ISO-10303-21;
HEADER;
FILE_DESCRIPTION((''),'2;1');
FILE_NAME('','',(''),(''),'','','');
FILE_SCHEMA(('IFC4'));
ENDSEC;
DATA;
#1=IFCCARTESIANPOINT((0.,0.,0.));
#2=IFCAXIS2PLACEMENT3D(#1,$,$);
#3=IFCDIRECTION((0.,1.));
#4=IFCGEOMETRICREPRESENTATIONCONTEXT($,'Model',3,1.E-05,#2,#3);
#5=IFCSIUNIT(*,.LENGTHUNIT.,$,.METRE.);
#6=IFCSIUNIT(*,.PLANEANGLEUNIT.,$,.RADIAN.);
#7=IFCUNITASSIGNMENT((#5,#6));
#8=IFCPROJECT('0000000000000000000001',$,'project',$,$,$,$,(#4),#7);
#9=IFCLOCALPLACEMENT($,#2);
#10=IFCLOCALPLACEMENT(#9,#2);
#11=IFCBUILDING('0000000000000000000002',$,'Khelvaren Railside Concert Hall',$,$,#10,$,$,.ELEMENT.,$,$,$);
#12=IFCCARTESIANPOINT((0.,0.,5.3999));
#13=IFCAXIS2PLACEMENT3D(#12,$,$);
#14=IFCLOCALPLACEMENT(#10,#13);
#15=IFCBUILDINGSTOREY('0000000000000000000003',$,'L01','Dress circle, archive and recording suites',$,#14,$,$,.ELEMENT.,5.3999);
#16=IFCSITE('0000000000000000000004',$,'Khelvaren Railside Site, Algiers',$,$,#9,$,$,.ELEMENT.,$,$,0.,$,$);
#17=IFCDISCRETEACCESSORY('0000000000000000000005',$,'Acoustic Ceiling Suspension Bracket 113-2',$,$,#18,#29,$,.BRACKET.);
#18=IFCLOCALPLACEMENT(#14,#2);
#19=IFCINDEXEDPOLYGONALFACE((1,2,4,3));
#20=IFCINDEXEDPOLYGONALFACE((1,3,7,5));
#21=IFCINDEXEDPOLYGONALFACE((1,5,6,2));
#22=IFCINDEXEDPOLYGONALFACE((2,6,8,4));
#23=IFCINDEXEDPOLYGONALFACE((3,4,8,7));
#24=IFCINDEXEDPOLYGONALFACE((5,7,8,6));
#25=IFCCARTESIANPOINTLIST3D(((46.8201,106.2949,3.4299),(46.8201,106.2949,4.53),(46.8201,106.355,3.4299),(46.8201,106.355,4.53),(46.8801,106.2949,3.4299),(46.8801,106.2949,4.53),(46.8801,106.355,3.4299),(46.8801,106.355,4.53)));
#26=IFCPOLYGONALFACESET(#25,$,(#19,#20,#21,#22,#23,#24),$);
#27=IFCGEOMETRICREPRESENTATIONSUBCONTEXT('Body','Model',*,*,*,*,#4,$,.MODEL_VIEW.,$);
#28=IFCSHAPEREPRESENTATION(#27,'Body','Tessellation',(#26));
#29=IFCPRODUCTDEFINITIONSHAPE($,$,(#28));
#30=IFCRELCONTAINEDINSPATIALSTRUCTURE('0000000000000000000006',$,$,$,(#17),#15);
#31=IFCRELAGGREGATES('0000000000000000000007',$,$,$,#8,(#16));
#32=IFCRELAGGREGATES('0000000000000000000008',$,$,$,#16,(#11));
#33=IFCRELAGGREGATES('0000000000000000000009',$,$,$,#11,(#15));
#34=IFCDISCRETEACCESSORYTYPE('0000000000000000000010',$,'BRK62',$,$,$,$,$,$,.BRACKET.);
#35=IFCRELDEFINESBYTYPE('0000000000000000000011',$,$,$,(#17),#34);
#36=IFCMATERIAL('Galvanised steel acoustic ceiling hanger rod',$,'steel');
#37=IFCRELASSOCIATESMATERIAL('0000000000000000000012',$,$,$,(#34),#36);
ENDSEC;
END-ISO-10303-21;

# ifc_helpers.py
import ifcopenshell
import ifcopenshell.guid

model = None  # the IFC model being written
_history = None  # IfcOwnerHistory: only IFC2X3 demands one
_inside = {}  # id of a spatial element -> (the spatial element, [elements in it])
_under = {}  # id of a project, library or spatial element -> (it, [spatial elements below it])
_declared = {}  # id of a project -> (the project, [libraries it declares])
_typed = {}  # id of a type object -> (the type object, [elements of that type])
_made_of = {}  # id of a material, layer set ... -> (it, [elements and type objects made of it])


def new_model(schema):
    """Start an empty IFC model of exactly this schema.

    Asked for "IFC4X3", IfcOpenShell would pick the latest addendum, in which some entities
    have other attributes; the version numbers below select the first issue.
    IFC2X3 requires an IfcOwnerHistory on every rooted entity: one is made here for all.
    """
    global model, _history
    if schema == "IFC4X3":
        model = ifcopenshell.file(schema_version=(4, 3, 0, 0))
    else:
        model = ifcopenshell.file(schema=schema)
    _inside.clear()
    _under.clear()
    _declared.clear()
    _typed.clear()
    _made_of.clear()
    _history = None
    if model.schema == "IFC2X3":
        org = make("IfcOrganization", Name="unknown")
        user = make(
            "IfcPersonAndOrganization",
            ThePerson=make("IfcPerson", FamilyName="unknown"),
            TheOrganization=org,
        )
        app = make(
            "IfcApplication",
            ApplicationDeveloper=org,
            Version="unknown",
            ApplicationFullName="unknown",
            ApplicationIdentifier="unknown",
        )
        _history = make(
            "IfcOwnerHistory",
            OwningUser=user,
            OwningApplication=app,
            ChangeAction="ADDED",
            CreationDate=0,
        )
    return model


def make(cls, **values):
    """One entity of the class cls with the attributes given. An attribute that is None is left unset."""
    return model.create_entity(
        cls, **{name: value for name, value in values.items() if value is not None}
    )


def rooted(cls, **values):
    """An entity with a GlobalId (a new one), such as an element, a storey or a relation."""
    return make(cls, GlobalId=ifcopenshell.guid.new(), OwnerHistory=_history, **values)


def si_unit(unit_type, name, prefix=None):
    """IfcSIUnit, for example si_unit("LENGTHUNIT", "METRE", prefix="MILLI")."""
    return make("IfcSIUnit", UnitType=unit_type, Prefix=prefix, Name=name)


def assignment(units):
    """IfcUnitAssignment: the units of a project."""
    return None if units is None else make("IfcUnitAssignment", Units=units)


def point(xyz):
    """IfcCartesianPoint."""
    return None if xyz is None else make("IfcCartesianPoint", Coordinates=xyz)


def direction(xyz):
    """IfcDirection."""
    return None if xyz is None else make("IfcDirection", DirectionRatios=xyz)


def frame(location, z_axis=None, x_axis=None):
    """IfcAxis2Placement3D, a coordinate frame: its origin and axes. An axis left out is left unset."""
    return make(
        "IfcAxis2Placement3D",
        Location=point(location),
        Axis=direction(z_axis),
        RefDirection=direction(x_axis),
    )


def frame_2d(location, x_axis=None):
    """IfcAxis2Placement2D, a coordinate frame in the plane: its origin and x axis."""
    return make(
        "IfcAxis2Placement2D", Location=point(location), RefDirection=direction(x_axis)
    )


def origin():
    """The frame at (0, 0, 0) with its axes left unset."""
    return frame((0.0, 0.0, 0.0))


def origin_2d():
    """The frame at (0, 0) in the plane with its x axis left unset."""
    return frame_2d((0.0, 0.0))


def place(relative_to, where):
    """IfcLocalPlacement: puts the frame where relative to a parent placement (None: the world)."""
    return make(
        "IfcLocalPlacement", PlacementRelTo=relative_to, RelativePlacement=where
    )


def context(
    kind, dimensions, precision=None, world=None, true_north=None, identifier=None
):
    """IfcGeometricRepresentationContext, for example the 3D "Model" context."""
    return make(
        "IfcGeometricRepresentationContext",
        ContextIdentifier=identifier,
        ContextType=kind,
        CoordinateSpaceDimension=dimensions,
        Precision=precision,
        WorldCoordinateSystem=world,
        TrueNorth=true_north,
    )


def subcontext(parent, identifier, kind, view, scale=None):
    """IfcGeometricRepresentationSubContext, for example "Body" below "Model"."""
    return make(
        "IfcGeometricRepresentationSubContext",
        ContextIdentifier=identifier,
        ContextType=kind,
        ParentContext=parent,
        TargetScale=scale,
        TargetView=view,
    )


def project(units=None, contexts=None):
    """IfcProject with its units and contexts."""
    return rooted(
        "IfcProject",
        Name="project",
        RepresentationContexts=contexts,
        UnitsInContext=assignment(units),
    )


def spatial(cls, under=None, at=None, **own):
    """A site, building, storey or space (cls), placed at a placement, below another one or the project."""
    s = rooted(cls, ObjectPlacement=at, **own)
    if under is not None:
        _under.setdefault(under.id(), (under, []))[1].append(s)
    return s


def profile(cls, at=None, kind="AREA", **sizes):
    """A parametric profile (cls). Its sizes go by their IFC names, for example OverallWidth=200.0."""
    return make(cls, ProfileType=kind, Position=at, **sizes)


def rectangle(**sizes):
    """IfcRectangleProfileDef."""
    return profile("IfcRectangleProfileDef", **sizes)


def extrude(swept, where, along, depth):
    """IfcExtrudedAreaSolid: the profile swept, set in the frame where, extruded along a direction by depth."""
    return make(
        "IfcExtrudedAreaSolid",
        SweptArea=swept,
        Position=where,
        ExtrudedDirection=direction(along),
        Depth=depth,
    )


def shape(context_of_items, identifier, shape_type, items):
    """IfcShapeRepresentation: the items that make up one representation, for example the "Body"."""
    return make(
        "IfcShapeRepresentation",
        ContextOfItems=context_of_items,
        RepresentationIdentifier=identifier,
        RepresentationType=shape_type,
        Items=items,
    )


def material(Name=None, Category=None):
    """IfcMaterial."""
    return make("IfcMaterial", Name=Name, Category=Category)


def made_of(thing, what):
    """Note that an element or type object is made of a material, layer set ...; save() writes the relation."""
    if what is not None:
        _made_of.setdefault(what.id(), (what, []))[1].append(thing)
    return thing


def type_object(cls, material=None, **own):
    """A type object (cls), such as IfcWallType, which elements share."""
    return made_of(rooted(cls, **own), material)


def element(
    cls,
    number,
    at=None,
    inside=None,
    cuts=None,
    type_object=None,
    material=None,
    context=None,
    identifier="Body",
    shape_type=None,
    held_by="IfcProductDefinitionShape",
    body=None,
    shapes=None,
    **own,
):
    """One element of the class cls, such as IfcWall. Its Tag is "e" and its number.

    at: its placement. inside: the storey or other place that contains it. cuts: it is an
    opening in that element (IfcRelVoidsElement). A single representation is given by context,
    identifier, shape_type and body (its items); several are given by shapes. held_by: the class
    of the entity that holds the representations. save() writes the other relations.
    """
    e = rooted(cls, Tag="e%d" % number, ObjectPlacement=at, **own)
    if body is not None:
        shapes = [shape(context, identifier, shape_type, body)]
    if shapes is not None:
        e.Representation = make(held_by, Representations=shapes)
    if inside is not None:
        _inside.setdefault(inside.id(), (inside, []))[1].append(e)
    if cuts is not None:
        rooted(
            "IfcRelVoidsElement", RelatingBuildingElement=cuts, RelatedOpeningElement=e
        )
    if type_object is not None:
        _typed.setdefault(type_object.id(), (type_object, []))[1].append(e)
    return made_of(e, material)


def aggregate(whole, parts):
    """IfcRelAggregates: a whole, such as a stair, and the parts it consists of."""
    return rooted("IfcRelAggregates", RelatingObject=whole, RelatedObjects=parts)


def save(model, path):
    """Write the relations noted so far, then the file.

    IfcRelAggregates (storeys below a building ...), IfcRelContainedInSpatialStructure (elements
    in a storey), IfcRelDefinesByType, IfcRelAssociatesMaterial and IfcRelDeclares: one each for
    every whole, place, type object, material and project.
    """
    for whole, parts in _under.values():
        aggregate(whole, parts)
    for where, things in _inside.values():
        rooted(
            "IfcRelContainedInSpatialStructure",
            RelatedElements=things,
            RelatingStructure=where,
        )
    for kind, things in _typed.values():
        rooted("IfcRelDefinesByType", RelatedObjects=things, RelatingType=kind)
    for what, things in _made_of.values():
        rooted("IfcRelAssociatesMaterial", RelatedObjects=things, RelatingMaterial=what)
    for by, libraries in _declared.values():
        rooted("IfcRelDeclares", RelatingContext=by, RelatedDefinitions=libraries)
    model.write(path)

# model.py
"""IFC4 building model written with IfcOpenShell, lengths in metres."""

from ifc_helpers import new_model, si_unit, direction, frame, origin, origin_2d, place, context, subcontext, project, spatial, rectangle, extrude, material, type_object, element, save


model = new_model("IFC4")

# Units and contexts
model_context = context("Model", 3, precision=1e-05, world=origin(), true_north=direction((0.0, 1.0)))
body_context = subcontext(model_context, "Body", "Model", "MODEL_VIEW")
ifc_project = project(units=[si_unit("LENGTHUNIT", "METRE"), si_unit("PLANEANGLEUNIT", "RADIAN")], contexts=[model_context])

# Site, building, storey
site_placement = place(None, origin())
site = spatial("IfcSite", under=ifc_project, at=site_placement, Name="Khelvaren Railside Site, Algiers", CompositionType="ELEMENT", RefElevation=0.0)
building_placement = place(site_placement, origin())
building = spatial("IfcBuilding", under=site, at=building_placement, Name="Khelvaren Railside Concert Hall", CompositionType="ELEMENT")
storey_placement = place(building_placement, frame((0.0, 0.0, 5.3999)))
storey = spatial("IfcBuildingStorey", under=building, at=storey_placement, Name="L01", Description="Dress circle, archive and recording suites", CompositionType="ELEMENT", Elevation=5.3999)

# Discrete accessory
ifc_material_1 = material(Name="Galvanised steel acoustic ceiling hanger rod", Category="steel")
discrete_accessory_type = type_object("IfcDiscreteAccessoryType", Name="BRK62", PredefinedType="BRACKET", material=ifc_material_1)
for number, where, z_axis, x_axis, name in (
    (1, (46.8501, 106.325, 3.4299), (0.0, 0.0, 1.0), (1.0, 0.0, 0.0), "Acoustic Ceiling Suspension Bracket 113-2"),
):
    element("IfcDiscreteAccessory", number, at=place(storey_placement, frame(where, z_axis=z_axis, x_axis=x_axis)), inside=storey, type_object=discrete_accessory_type, Name=name, PredefinedType="BRACKET", context=body_context, shape_type="SweptSolid", body=[
        extrude(rectangle(XDim=0.0601, YDim=0.0601, at=origin_2d()), origin(), (0.0, 0.0, 1.0), 1.1001),
    ])

save(model, "model.ifc")
